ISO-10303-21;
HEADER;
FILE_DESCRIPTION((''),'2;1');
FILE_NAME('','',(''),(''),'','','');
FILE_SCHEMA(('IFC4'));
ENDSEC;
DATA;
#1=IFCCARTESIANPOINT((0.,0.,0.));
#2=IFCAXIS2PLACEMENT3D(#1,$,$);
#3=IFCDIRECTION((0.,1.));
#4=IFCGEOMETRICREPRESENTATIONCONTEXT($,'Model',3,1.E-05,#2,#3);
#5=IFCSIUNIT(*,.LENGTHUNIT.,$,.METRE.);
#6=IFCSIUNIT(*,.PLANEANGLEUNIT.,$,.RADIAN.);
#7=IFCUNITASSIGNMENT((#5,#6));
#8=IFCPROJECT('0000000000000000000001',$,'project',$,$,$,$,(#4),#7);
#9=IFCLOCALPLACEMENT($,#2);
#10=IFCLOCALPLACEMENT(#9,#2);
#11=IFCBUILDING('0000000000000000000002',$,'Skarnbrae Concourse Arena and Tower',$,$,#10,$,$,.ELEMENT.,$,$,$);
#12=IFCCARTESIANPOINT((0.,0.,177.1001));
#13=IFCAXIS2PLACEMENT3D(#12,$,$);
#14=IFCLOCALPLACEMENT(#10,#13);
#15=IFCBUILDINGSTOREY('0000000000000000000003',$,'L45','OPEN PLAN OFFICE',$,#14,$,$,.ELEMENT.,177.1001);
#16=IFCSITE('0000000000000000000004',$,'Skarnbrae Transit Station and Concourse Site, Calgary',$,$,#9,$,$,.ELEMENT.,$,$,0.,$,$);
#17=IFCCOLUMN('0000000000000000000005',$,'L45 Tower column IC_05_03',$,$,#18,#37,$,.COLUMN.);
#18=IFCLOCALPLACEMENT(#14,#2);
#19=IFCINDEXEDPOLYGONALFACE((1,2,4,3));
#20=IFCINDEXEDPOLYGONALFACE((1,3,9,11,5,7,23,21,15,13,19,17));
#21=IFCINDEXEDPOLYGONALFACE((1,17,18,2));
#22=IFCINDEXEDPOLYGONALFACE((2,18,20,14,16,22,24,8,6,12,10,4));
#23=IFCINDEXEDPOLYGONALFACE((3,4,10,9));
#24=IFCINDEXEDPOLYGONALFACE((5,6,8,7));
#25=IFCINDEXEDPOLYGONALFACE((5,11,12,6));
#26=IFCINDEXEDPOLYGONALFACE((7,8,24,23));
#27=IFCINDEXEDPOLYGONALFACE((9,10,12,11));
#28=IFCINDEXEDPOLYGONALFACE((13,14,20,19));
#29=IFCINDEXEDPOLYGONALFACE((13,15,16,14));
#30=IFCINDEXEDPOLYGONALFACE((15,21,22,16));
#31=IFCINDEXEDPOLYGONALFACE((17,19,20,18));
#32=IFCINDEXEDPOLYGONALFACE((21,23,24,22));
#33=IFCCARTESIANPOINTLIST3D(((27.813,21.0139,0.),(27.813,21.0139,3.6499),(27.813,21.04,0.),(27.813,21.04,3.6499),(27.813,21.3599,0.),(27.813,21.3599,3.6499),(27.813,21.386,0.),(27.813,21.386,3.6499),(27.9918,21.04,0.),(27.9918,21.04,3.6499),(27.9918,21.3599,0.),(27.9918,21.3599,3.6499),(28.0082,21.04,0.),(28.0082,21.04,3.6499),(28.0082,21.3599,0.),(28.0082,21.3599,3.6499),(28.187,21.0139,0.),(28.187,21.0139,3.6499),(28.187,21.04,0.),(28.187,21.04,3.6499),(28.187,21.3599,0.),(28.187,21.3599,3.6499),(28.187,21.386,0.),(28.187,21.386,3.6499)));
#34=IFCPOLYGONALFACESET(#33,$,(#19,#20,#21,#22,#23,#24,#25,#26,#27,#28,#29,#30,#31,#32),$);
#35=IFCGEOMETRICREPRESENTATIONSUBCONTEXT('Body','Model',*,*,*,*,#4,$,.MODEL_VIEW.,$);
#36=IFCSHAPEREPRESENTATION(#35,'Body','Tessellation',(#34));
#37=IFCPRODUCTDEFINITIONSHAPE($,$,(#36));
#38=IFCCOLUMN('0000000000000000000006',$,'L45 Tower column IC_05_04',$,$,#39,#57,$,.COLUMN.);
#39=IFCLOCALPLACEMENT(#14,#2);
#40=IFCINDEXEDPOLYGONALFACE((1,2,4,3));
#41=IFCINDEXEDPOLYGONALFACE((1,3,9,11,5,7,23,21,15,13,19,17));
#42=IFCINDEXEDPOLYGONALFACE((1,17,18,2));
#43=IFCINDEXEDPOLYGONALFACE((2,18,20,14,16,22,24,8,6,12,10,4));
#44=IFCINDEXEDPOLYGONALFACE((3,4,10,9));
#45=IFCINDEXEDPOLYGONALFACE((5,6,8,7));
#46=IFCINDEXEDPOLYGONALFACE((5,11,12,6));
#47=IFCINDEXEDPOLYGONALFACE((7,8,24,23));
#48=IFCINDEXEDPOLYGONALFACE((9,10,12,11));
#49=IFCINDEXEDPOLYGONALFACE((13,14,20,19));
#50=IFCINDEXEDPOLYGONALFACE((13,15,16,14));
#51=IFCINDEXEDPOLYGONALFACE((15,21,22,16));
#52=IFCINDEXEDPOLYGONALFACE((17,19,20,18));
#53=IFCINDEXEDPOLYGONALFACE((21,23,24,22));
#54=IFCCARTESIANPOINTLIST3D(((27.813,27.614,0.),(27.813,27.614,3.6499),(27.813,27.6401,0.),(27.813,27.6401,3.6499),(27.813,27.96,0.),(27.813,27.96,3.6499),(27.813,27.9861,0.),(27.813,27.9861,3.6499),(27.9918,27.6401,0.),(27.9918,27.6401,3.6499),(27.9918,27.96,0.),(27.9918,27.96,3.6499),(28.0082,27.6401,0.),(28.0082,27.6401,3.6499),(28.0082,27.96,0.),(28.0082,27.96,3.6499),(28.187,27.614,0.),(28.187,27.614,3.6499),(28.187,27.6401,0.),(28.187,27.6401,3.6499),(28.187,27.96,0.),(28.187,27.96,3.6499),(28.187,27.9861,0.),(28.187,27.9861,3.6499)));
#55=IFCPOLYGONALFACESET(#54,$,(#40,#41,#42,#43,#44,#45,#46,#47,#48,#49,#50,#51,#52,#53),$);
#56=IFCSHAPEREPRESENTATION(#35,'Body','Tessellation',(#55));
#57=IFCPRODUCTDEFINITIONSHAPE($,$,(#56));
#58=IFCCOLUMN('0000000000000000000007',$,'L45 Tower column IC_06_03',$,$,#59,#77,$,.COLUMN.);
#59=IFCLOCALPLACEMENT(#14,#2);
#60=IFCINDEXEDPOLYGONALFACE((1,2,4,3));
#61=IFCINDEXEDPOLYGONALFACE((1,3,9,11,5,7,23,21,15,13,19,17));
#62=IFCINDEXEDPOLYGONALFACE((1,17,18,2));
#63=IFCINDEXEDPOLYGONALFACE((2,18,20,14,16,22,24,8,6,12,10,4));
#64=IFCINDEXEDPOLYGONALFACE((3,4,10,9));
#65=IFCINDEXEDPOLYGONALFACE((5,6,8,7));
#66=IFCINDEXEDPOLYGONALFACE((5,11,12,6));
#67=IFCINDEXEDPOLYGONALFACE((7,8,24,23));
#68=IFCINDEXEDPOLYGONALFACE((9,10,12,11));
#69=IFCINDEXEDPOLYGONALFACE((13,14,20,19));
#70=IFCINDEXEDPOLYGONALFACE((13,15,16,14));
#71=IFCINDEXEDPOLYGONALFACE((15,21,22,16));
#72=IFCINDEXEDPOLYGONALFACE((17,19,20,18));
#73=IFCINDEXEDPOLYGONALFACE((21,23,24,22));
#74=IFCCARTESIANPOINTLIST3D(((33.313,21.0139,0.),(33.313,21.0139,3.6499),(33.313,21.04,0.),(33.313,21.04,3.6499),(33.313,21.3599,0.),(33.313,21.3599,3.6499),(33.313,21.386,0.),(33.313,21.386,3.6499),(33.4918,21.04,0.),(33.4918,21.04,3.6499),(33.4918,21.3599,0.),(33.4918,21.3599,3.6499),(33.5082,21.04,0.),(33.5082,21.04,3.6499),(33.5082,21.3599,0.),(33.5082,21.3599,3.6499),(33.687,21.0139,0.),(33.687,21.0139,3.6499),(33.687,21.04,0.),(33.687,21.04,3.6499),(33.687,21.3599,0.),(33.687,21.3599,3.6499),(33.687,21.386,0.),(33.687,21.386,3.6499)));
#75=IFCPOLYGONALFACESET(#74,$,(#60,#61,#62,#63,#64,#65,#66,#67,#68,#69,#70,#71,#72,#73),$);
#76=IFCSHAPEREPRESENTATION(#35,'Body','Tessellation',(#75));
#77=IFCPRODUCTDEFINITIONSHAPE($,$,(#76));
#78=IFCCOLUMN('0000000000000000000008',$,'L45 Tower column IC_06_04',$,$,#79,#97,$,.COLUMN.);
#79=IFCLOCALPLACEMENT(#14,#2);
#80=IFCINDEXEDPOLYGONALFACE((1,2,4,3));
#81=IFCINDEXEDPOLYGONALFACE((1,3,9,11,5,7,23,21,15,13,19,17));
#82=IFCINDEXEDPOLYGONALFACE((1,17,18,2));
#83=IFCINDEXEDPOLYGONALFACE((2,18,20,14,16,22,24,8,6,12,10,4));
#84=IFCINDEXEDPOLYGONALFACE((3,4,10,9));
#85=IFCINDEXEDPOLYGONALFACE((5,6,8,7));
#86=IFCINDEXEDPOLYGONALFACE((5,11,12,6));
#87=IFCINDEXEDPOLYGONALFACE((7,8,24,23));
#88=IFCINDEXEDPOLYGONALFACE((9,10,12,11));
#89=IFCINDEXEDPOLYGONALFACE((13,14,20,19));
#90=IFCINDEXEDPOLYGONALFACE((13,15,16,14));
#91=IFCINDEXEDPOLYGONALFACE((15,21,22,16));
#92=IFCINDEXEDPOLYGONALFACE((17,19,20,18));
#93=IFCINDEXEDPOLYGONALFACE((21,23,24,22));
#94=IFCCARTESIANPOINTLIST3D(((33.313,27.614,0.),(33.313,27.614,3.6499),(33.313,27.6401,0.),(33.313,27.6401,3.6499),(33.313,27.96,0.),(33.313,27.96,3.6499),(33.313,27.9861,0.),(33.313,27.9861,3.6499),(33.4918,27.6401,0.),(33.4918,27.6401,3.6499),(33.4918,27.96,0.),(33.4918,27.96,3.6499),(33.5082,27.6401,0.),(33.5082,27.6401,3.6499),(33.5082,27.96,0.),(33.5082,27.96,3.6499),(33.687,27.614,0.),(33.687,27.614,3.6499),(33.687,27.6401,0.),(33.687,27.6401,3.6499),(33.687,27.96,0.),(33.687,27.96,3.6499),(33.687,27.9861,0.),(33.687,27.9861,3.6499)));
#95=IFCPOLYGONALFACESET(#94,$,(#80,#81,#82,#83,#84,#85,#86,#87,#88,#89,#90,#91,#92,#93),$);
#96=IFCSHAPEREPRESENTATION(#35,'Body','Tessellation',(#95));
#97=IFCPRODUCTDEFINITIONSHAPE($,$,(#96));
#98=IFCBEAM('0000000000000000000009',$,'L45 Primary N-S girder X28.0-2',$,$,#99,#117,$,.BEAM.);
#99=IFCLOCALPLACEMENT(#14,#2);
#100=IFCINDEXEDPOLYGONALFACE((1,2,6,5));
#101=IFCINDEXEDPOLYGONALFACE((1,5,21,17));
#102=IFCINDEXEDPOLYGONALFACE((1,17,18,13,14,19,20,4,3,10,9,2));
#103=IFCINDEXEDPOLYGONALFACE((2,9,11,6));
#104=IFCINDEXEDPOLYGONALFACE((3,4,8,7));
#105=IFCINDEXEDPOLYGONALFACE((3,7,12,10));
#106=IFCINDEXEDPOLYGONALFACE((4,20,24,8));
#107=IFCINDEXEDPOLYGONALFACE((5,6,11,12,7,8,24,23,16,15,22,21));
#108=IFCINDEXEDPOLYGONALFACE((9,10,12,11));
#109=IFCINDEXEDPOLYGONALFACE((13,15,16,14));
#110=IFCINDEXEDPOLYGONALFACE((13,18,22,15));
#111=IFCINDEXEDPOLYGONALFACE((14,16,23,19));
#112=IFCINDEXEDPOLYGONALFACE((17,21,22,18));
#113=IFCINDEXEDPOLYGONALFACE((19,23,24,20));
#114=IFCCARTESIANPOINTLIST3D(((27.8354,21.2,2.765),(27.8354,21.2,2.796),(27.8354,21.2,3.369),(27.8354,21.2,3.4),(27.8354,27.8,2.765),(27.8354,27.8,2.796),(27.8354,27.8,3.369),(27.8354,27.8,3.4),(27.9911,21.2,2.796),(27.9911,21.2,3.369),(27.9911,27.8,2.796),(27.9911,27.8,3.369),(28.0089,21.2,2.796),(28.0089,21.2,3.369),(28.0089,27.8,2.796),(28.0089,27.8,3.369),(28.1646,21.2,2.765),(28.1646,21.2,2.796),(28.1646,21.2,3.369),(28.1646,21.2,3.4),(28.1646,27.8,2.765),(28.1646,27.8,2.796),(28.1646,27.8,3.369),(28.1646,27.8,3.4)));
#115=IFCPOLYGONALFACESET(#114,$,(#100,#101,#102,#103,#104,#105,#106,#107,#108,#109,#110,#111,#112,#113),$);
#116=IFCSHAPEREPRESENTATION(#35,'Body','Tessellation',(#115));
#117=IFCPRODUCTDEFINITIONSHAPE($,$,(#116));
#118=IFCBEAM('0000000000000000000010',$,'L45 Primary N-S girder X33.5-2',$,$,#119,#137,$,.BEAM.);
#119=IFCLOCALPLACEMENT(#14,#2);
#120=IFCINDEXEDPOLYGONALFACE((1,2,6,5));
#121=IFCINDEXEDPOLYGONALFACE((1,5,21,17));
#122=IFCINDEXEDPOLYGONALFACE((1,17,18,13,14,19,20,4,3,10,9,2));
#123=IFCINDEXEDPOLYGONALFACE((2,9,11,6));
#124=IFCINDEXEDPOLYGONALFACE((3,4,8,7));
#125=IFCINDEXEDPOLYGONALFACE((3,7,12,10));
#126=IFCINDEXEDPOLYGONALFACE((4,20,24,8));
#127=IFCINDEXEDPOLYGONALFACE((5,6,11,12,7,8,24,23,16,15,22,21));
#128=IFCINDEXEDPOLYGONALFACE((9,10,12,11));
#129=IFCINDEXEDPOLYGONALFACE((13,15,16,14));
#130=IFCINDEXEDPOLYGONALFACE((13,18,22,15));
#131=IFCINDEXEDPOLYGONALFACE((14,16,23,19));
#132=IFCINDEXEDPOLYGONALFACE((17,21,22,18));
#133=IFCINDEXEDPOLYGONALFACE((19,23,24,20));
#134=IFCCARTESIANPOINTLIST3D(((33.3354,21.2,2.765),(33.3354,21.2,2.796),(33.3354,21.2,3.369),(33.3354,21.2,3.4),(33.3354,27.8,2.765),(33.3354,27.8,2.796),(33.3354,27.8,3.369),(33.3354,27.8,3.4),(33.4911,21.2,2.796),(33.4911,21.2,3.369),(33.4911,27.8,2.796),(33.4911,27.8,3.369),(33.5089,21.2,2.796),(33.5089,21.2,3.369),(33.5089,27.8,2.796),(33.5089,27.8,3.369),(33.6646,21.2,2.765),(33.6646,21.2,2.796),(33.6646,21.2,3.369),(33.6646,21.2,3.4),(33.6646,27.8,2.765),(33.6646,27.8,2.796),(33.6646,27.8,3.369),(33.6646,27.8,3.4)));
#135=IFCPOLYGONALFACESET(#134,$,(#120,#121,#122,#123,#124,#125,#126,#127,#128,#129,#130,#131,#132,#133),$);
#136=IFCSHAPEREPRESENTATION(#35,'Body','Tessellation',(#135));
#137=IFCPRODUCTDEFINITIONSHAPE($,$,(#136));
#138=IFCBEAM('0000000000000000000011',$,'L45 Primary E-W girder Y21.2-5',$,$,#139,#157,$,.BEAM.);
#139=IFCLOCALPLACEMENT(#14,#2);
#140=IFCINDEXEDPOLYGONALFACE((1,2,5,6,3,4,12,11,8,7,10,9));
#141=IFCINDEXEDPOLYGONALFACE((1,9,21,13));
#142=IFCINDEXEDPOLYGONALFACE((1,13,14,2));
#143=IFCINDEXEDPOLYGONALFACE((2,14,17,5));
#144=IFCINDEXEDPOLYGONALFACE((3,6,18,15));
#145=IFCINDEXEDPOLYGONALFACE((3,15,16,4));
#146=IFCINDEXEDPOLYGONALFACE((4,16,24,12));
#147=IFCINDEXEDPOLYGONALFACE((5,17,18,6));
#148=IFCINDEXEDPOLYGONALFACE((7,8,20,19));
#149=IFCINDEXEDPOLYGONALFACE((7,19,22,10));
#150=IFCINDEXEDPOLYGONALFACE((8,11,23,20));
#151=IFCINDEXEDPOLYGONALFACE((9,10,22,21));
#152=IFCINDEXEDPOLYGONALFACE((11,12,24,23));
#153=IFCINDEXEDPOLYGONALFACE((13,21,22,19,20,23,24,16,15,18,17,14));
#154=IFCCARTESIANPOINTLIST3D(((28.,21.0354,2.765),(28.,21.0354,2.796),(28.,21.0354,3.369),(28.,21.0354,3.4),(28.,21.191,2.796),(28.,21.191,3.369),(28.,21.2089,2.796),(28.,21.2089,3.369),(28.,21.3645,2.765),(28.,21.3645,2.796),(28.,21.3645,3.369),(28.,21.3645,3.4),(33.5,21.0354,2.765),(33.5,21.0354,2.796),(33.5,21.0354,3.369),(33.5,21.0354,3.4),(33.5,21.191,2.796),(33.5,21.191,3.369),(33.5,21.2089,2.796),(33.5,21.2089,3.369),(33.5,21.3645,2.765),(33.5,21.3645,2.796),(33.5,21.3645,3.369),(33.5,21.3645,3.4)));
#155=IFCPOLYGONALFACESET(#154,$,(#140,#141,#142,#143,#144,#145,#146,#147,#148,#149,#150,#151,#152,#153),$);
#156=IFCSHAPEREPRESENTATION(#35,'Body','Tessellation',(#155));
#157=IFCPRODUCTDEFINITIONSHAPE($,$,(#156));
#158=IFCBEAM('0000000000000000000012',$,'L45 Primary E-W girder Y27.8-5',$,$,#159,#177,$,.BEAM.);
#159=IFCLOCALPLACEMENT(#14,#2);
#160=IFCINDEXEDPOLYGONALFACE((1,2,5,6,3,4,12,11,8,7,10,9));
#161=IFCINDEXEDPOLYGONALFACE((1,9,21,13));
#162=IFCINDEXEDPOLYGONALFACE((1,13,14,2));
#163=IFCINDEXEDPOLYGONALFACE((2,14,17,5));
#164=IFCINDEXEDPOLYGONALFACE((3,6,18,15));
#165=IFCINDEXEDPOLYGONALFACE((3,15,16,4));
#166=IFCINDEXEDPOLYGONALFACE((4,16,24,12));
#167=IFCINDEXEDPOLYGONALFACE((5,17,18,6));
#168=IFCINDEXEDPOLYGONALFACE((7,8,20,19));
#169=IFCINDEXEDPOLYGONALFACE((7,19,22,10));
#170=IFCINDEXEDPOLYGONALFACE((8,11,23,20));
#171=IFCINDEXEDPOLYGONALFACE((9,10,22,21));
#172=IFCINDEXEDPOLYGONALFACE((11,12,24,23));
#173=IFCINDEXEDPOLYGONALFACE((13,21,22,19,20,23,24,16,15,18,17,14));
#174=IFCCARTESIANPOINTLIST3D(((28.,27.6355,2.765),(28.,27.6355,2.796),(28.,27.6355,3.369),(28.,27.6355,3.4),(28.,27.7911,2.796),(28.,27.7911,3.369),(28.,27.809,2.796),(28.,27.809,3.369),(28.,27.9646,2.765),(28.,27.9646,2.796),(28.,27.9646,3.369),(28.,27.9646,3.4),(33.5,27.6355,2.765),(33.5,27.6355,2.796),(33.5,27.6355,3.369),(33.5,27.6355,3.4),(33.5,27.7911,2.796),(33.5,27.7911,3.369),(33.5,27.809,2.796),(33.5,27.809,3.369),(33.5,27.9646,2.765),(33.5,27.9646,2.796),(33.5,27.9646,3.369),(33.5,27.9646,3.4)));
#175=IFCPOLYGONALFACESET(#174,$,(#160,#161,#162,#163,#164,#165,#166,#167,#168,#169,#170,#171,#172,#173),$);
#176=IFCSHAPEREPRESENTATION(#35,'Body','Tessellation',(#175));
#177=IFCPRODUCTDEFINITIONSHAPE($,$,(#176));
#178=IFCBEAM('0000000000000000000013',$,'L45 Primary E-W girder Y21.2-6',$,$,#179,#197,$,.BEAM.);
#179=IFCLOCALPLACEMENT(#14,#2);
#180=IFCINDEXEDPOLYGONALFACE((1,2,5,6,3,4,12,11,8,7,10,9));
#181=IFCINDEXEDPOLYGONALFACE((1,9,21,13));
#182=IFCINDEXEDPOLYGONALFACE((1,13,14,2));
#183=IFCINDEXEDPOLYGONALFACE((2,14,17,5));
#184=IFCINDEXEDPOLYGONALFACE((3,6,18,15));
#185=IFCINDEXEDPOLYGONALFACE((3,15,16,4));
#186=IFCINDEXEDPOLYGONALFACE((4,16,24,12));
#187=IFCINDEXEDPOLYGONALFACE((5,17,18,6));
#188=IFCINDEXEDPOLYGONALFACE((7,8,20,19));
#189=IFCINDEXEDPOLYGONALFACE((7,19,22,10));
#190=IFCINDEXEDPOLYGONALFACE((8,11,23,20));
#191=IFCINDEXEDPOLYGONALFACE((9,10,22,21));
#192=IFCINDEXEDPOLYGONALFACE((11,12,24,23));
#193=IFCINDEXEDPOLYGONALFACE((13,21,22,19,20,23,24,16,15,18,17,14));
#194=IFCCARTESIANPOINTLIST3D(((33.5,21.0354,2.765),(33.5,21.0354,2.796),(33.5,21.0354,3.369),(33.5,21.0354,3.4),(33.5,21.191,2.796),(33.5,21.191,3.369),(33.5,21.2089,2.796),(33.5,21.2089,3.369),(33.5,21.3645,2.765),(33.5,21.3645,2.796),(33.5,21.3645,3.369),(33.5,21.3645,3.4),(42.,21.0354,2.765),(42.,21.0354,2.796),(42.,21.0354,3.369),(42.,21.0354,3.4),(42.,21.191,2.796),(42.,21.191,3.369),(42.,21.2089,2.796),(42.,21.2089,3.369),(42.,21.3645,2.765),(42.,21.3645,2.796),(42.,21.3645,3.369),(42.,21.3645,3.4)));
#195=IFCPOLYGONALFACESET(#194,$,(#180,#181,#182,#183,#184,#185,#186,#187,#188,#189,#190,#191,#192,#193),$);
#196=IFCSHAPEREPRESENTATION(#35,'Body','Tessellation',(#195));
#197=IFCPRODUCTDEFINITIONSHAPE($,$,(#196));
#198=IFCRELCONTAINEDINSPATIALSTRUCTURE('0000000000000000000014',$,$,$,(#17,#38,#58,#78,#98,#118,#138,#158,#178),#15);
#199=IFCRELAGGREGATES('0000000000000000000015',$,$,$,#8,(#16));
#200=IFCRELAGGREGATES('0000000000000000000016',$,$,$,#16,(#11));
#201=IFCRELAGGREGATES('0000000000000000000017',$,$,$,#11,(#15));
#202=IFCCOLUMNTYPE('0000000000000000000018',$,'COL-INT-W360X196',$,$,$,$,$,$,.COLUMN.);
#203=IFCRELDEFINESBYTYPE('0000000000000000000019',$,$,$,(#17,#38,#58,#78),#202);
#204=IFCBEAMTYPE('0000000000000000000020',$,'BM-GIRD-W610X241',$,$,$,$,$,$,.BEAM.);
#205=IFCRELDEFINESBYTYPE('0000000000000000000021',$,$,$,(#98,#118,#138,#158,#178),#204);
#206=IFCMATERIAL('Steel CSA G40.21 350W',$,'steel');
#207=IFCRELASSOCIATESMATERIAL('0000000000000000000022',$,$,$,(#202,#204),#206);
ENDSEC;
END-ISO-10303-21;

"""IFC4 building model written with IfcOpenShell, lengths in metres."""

from ifc_helpers import new_model, si_unit, direction, frame, origin, origin_2d, place, context, subcontext, project, spatial, i_section, extrude, source, transform, mapped, material, material_profile, profile_set, type_object, element, save


model = new_model("IFC4")

# Units and contexts
model_context = context("Model", 3, precision=1e-05, world=origin(), true_north=direction((0.0, 1.0)))
body_context = subcontext(model_context, "Body", "Model", "MODEL_VIEW")
ifc_project = project(units=[si_unit("LENGTHUNIT", "METRE"), si_unit("PLANEANGLEUNIT", "RADIAN")], contexts=[model_context])

# Site, building, storey
site_placement = place(None, origin())
site = spatial("IfcSite", under=ifc_project, at=site_placement, Name="Skarnbrae Transit Station and Concourse Site, Calgary", CompositionType="ELEMENT", RefElevation=0.0)
building_placement = place(site_placement, origin())
building = spatial("IfcBuilding", under=site, at=building_placement, Name="Skarnbrae Concourse Arena and Tower", CompositionType="ELEMENT")
storey_placement = place(building_placement, frame((0.0, 0.0, 177.1001)))
storey = spatial("IfcBuildingStorey", under=building, at=storey_placement, Name="L45", Description="OPEN PLAN OFFICE", CompositionType="ELEMENT", Elevation=177.1001)

# Columns
ifc_material_1 = material(Name="Steel CSA G40.21 350W", Category="steel")
ifc_material_profile_1 = material_profile(ifc_material_1, i_section(OverallWidth=0.374, OverallDepth=0.3721, WebThickness=0.0164, FlangeThickness=0.0261, at=origin_2d()), Name="W360X196")
ifc_profile_set_1 = profile_set([ifc_material_profile_1], Name="Steel CSA G40.21 350W")
column_type = type_object("IfcColumnType", Name="COL-INT-W360X196", PredefinedType="COLUMN", material=ifc_profile_set_1)
shared_shape_1 = source(origin(), body_context, "Body", "SweptSolid", [
    extrude(i_section(OverallWidth=0.374, OverallDepth=0.3721, WebThickness=0.0164, FlangeThickness=0.0261, at=origin_2d()), origin(), (0.0, 0.0, 1.0), 3.6499),
])
for number, where, z_axis, x_axis, name in (
    (1, (28.0, 21.2, 0.0), (0.0, 0.0, 1.0), (1.0, 0.0, 0.0), "L45 Tower column IC_05_03"),
    (2, (28.0, 27.8, 0.0), (0.0, 0.0, 1.0), (1.0, 0.0, 0.0), "L45 Tower column IC_05_04"),
    (3, (33.5, 21.2, 0.0), (0.0, 0.0, 1.0), (1.0, 0.0, 0.0), "L45 Tower column IC_06_03"),
    (4, (33.5, 27.8, 0.0), (0.0, 0.0, 1.0), (1.0, 0.0, 0.0), "L45 Tower column IC_06_04"),
):
    element("IfcColumn", number, at=place(storey_placement, frame(where, z_axis=z_axis, x_axis=x_axis)), inside=storey, type_object=column_type, Name=name, PredefinedType="COLUMN", context=body_context, shape_type="MappedRepresentation", body=[
        mapped(shared_shape_1, transform((0.0, 0.0, 0.0))),
    ])

# Beams
ifc_material_profile_2 = material_profile(ifc_material_1, i_section(OverallWidth=0.3291, OverallDepth=0.635, WebThickness=0.0178, FlangeThickness=0.031, at=origin_2d()), Name="W610X241")
ifc_profile_set_2 = profile_set([ifc_material_profile_2], Name="Steel CSA G40.21 350W")
beam_type_1 = type_object("IfcBeamType", Name="BM-GIRD-W610X241", PredefinedType="BEAM", material=ifc_profile_set_2)
shared_shape_2 = source(origin(), body_context, "Body", "SweptSolid", [
    extrude(i_section(OverallWidth=0.3291, OverallDepth=0.635, WebThickness=0.0178, FlangeThickness=0.031, at=origin_2d()), origin(), (0.0, 0.0, 1.0), 6.6001),
])
for number, where, z_axis, x_axis, name in (
    (5, (28.0, 21.2, 3.0825), (0.0, 1.0, 0.0), (-1.0, 0.0, 0.0), "L45 Primary N-S girder X28.0-2"),
    (6, (33.5, 21.2, 3.0825), (0.0, 1.0, 0.0), (-1.0, 0.0, 0.0), "L45 Primary N-S girder X33.5-2"),
):
    element("IfcBeam", number, at=place(storey_placement, frame(where, z_axis=z_axis, x_axis=x_axis)), inside=storey, type_object=beam_type_1, Name=name, PredefinedType="BEAM", context=body_context, shape_type="MappedRepresentation", body=[
        mapped(shared_shape_2, transform((0.0, 0.0, 0.0))),
    ])
shared_shape_3 = source(origin(), body_context, "Body", "SweptSolid", [
    extrude(i_section(OverallWidth=0.3291, OverallDepth=0.635, WebThickness=0.0178, FlangeThickness=0.031, at=origin_2d()), origin(), (0.0, 0.0, 1.0), 5.5),
])
for number, where, z_axis, x_axis, name in (
    (7, (28.0, 21.2, 3.0825), (1.0, 0.0, 0.0), (0.0, 1.0, 0.0), "L45 Primary E-W girder Y21.2-5"),
    (8, (28.0, 27.8, 3.0825), (1.0, 0.0, 0.0), (0.0, 1.0, 0.0), "L45 Primary E-W girder Y27.8-5"),
):
    element("IfcBeam", number, at=place(storey_placement, frame(where, z_axis=z_axis, x_axis=x_axis)), inside=storey, type_object=beam_type_1, Name=name, PredefinedType="BEAM", context=body_context, shape_type="MappedRepresentation", body=[
        mapped(shared_shape_3, transform((0.0, 0.0, 0.0))),
    ])
shared_shape_4 = source(origin(), body_context, "Body", "SweptSolid", [
    extrude(i_section(OverallWidth=0.3291, OverallDepth=0.635, WebThickness=0.0178, FlangeThickness=0.031, at=origin_2d()), origin(), (0.0, 0.0, 1.0), 8.5),
])
for number, where, z_axis, x_axis, name in (
    (9, (33.5, 21.2, 3.0825), (1.0, 0.0, 0.0), (0.0, 1.0, 0.0), "L45 Primary E-W girder Y21.2-6"),
):
    element("IfcBeam", number, at=place(storey_placement, frame(where, z_axis=z_axis, x_axis=x_axis)), inside=storey, type_object=beam_type_1, Name=name, PredefinedType="BEAM", context=body_context, shape_type="MappedRepresentation", body=[
        mapped(shared_shape_4, transform((0.0, 0.0, 0.0))),
    ])

save(model, "model.ifc")
